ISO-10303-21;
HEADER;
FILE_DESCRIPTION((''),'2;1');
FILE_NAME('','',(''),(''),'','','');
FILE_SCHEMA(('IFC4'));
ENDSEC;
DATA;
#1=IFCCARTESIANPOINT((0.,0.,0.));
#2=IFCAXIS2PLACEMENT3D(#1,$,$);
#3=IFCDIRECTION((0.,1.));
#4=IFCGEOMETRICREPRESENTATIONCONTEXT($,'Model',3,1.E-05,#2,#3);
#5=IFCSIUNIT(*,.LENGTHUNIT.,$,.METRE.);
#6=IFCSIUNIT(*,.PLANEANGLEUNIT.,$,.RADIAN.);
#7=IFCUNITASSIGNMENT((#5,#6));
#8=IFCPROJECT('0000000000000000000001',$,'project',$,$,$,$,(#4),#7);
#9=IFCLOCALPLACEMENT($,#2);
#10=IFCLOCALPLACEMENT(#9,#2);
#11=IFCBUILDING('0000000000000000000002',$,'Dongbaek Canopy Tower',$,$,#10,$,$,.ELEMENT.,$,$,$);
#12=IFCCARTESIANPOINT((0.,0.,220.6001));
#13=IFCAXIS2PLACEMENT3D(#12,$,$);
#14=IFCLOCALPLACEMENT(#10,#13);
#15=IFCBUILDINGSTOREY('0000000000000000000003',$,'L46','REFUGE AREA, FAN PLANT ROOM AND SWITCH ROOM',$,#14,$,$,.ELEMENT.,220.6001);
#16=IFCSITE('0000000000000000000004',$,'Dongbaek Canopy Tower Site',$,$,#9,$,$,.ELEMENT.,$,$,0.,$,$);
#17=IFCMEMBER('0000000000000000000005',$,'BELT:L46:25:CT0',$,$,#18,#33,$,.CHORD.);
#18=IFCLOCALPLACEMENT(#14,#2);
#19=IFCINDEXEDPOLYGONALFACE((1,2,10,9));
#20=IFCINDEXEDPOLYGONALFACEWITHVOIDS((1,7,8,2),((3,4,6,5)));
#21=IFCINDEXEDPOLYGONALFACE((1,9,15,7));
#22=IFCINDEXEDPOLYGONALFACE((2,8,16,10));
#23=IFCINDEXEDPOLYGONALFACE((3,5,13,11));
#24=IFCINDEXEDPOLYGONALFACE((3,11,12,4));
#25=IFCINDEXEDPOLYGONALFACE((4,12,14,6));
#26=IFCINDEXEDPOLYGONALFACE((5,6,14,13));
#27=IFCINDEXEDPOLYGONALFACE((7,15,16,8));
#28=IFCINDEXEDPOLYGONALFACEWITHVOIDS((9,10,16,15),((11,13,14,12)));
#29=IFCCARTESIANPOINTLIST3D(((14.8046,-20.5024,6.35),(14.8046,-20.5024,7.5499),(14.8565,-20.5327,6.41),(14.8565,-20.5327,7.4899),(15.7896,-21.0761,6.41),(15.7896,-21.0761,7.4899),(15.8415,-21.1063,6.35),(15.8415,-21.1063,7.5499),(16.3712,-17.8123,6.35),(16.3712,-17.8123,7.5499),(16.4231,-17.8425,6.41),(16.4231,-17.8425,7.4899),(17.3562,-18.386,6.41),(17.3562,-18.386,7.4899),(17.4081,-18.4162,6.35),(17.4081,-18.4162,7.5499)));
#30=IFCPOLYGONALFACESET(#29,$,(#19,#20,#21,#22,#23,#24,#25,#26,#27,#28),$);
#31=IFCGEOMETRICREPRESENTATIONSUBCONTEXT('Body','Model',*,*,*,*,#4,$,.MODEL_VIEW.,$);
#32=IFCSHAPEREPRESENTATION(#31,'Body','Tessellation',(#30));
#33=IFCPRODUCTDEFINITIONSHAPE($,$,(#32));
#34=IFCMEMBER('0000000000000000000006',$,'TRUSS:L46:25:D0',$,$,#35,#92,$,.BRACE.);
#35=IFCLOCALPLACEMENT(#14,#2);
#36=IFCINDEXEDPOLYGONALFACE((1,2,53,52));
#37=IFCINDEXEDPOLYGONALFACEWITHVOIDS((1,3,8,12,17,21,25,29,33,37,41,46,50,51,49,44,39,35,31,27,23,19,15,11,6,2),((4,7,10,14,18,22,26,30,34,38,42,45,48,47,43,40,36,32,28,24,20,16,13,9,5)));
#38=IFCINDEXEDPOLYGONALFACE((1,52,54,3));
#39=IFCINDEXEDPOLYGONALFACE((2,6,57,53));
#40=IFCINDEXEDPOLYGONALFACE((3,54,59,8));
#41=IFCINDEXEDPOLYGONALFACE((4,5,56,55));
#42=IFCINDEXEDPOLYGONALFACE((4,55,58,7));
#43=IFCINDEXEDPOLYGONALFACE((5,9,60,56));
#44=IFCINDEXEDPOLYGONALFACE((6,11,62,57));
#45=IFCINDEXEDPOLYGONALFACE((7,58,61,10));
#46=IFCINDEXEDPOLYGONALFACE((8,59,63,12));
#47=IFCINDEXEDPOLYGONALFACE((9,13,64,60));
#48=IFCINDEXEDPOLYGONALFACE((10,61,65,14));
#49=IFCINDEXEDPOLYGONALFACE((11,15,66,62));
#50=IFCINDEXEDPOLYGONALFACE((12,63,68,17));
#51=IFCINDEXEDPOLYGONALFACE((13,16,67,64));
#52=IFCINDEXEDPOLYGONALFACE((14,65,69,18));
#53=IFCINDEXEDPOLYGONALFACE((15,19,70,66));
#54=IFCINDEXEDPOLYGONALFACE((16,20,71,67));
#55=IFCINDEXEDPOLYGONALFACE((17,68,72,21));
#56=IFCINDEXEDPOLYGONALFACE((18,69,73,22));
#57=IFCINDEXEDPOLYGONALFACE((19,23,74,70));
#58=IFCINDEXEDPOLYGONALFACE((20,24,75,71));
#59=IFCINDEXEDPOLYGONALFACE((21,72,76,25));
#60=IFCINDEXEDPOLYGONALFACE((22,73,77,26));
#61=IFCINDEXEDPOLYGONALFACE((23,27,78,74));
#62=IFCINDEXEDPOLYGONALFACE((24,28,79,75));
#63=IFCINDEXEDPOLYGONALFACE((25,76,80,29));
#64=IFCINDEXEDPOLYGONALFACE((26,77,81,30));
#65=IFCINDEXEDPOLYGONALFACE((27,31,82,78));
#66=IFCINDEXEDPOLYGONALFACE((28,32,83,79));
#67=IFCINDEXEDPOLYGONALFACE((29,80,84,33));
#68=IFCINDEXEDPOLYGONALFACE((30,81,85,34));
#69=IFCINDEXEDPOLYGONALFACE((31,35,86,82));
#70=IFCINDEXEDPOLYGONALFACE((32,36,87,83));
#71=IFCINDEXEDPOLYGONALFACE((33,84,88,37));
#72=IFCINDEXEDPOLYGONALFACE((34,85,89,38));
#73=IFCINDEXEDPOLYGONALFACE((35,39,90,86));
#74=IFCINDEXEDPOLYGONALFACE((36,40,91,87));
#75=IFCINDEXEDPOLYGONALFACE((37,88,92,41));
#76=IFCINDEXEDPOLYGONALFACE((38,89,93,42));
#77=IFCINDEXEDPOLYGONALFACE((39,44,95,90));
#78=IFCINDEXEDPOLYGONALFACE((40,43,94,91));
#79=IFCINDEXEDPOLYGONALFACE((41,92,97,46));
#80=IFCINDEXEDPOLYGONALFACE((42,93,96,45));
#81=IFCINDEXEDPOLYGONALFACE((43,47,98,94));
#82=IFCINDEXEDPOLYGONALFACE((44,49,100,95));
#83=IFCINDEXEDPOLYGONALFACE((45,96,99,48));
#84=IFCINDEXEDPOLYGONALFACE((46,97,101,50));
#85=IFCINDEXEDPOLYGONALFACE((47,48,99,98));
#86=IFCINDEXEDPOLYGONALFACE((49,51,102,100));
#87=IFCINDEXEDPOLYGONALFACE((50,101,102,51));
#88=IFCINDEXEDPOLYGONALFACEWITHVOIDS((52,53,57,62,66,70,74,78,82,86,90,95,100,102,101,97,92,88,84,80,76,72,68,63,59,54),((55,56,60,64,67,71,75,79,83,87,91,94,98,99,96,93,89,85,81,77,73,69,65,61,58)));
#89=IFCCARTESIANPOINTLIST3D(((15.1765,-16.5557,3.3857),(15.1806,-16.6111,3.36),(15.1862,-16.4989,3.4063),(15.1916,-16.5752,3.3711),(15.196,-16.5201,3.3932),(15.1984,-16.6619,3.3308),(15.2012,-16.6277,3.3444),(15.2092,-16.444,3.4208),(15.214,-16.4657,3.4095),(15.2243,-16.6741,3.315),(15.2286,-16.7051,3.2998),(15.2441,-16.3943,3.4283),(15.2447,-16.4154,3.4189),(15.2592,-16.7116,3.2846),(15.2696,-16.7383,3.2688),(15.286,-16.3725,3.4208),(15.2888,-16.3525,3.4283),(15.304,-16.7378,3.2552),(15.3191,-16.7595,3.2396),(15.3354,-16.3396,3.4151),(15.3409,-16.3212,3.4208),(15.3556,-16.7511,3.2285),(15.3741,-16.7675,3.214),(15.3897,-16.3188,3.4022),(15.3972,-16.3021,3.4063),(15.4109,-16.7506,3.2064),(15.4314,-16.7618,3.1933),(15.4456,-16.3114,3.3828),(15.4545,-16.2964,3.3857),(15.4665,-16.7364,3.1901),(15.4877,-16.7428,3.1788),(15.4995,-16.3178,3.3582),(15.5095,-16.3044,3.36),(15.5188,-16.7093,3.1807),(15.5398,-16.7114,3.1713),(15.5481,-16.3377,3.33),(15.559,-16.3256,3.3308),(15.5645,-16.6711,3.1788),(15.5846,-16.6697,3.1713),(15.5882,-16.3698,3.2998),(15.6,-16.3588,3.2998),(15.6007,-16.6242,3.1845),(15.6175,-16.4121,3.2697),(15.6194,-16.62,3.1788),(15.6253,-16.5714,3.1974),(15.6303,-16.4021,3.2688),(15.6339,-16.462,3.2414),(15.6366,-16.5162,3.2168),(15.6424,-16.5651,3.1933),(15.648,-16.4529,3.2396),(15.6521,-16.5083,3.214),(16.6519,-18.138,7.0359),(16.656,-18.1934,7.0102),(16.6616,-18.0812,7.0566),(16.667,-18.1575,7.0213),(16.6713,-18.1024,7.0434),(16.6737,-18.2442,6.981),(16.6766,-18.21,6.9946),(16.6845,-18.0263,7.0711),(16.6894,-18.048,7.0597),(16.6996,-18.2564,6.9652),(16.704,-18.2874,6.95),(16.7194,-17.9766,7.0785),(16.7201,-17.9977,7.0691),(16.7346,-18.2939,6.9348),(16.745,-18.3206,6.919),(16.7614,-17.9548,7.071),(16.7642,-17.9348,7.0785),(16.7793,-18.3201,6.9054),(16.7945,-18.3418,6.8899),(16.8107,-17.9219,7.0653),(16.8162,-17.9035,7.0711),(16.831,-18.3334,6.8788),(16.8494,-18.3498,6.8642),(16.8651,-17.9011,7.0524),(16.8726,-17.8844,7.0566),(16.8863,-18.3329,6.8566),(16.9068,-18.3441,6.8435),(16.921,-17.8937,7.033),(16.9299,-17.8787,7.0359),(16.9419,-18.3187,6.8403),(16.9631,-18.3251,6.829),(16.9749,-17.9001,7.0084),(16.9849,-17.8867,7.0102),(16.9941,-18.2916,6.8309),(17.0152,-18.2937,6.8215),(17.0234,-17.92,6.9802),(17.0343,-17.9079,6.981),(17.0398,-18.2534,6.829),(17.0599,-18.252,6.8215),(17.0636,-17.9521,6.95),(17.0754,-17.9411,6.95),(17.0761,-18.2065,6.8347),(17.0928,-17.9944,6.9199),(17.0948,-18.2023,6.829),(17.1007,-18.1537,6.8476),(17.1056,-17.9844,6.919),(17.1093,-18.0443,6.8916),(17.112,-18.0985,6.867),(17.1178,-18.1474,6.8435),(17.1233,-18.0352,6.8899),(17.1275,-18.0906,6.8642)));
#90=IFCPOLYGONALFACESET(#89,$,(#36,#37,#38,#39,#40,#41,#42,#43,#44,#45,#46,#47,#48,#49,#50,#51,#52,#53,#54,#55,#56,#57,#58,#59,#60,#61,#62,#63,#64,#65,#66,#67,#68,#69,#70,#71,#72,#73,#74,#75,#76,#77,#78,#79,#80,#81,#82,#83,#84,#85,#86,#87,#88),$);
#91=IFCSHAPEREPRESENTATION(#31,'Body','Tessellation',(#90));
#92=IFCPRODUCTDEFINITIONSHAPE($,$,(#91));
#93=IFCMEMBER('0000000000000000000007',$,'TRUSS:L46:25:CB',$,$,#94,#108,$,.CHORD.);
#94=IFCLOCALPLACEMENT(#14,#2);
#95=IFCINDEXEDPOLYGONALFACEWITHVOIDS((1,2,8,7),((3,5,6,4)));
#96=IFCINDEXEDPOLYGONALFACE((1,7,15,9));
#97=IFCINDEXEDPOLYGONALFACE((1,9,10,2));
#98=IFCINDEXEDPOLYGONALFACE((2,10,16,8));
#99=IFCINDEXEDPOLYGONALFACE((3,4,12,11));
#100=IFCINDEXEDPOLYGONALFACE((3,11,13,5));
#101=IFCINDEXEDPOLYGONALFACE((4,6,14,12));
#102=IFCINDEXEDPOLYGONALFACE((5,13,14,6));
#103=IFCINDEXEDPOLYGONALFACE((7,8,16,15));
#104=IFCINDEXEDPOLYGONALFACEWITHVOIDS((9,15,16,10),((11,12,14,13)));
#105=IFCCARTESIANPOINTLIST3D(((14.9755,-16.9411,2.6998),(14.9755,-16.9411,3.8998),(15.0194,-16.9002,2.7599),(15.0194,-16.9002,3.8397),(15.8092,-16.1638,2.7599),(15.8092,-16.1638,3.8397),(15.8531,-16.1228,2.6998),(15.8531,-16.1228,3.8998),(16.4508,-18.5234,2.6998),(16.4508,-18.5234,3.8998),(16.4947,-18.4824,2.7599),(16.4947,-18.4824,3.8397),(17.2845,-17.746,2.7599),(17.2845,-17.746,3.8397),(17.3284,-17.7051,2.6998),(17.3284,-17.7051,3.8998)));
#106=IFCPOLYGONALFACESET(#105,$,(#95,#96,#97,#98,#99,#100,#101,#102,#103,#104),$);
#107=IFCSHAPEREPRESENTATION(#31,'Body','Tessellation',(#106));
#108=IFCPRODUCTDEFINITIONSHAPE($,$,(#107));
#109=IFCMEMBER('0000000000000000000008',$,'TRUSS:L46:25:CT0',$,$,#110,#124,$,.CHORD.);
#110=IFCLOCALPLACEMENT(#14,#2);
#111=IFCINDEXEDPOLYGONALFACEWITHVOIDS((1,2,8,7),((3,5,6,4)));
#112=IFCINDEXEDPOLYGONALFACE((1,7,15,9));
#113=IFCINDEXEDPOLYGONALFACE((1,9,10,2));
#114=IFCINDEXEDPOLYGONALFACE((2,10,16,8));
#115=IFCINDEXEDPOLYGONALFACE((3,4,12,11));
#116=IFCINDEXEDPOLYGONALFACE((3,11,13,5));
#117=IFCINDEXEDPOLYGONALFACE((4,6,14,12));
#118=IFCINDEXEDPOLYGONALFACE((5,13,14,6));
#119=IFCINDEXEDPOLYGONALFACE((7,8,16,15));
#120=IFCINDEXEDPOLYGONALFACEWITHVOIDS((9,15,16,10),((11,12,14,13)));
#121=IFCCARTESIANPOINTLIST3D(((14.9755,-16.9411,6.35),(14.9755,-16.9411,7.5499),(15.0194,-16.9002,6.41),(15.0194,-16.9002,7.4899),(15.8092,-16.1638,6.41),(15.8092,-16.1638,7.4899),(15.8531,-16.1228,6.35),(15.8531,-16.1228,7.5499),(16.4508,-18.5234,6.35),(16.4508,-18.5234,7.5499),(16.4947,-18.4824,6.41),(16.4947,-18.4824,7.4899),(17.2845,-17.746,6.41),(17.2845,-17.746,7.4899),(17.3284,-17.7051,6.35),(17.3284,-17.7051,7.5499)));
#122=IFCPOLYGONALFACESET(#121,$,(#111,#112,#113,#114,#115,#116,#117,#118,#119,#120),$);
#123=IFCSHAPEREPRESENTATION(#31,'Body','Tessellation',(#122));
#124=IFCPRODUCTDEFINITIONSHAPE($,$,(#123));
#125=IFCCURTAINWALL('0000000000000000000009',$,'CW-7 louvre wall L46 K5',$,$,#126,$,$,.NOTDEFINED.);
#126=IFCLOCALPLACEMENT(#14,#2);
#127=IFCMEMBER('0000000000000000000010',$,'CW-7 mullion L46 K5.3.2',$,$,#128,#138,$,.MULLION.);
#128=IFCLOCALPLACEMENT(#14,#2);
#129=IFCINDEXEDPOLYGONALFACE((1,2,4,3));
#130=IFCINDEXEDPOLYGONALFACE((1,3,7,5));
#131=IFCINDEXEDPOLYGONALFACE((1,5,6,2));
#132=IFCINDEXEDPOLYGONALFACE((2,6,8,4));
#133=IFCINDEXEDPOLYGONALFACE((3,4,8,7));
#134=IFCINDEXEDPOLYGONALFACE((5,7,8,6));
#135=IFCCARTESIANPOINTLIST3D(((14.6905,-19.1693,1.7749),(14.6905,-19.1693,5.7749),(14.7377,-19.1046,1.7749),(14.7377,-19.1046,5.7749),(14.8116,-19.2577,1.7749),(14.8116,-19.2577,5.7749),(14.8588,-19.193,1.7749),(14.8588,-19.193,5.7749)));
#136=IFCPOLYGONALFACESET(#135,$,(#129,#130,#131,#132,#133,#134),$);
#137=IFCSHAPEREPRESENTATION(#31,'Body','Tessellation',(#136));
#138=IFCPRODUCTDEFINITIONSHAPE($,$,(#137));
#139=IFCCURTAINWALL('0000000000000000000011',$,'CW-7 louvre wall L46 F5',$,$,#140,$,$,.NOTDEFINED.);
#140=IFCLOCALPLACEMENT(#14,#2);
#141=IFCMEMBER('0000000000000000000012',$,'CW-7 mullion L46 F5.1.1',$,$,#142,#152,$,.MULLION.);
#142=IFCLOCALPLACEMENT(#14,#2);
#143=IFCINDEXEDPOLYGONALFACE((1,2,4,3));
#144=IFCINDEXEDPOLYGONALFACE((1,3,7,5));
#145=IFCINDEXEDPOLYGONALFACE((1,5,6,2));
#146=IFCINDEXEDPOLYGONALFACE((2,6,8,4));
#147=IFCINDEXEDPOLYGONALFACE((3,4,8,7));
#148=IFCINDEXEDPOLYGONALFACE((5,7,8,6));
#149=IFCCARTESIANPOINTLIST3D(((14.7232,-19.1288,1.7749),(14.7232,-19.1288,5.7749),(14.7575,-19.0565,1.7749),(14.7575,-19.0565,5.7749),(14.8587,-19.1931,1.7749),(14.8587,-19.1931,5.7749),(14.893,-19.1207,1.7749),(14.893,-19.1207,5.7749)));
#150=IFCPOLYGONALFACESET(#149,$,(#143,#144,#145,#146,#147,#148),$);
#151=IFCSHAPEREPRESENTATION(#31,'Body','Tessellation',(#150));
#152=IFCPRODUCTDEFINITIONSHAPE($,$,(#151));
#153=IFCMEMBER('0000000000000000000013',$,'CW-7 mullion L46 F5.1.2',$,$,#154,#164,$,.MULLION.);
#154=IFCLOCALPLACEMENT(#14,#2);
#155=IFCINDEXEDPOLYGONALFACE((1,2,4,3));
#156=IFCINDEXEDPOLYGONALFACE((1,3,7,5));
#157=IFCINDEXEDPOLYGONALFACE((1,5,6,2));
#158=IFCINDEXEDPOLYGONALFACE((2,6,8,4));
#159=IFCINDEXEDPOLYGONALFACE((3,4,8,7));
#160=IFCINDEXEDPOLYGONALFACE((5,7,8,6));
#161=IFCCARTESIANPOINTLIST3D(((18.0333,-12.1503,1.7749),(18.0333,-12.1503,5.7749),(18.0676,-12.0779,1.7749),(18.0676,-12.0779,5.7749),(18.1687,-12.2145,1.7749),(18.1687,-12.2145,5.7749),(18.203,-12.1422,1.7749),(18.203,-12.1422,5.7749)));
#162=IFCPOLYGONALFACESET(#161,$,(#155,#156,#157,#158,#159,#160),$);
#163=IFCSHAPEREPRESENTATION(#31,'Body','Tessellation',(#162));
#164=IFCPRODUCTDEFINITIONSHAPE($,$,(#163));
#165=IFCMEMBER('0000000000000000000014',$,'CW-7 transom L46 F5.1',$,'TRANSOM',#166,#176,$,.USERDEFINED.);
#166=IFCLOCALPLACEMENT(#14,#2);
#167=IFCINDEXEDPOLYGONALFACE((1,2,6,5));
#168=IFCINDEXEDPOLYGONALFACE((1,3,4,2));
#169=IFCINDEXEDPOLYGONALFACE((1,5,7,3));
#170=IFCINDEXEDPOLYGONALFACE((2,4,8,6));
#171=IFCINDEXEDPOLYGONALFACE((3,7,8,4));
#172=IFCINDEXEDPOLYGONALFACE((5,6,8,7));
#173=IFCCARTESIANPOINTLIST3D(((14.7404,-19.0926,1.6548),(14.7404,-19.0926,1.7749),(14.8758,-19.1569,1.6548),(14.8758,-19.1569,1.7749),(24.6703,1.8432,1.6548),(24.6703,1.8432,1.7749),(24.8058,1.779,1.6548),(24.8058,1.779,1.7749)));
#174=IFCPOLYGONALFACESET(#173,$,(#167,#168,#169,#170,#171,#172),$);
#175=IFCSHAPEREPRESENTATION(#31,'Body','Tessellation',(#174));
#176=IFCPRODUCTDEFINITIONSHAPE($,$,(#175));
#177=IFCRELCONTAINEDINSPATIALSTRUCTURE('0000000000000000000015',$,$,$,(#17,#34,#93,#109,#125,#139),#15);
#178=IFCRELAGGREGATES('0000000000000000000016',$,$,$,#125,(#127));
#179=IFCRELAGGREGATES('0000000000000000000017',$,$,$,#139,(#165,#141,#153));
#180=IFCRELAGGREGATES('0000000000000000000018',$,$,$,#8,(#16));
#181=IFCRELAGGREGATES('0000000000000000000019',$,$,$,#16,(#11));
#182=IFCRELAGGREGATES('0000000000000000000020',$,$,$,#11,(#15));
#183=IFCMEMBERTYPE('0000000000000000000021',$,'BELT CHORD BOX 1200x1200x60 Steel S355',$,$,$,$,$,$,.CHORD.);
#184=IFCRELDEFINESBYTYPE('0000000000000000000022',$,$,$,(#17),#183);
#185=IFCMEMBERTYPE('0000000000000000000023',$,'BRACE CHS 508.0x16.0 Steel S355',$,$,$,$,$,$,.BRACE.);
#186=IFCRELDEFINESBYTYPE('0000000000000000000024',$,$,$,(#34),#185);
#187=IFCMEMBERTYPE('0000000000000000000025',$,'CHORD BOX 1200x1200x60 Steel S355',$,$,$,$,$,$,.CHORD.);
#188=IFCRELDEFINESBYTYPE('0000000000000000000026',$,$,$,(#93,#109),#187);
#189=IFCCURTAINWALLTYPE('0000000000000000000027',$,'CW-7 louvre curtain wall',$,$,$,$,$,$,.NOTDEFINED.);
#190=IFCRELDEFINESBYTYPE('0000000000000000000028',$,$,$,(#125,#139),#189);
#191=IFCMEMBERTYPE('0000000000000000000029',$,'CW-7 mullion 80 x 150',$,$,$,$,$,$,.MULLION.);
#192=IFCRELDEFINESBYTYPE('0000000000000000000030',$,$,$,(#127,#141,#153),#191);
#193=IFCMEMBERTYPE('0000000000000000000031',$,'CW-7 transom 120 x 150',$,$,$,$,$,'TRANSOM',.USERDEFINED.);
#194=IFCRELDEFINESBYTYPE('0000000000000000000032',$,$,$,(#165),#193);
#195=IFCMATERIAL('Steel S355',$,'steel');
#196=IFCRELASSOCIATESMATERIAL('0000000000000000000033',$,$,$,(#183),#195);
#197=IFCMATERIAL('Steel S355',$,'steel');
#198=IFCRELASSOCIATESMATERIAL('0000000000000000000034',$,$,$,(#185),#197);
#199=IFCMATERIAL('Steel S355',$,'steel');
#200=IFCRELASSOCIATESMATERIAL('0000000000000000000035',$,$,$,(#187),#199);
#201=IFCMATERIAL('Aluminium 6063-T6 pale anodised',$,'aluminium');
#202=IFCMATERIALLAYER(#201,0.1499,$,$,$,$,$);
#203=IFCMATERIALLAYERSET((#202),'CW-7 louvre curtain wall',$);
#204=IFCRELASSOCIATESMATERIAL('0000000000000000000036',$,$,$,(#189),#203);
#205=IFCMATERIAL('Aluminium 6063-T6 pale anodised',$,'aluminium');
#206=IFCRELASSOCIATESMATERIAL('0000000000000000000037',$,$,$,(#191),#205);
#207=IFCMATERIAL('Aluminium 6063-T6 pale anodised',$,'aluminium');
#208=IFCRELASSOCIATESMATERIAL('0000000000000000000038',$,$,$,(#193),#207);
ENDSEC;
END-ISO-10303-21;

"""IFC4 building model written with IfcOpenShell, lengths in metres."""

from ifc_helpers import new_model, si_unit, direction, frame, origin, origin_2d, place, context, subcontext, project, spatial, rectangle, hollow_rectangle, hollow_circle, extrude, material, layer, layer_set, material_profile, profile_set, type_object, element, aggregate, save


model = new_model("IFC4")

# Units and contexts
model_context = context("Model", 3, precision=1e-05, world=origin(), true_north=direction((0.0, 1.0)))
body_context = subcontext(model_context, "Body", "Model", "MODEL_VIEW")
ifc_project = project(units=[si_unit("LENGTHUNIT", "METRE"), si_unit("PLANEANGLEUNIT", "RADIAN")], contexts=[model_context])

# Site, building, storey
site_placement = place(None, origin())
site = spatial("IfcSite", under=ifc_project, at=site_placement, Name="Dongbaek Canopy Tower Site", CompositionType="ELEMENT", RefElevation=0.0)
building_placement = place(site_placement, origin())
building = spatial("IfcBuilding", under=site, at=building_placement, Name="Dongbaek Canopy Tower", CompositionType="ELEMENT")
storey_placement = place(building_placement, frame((0.0, 0.0, 220.6001)))
storey = spatial("IfcBuildingStorey", under=building, at=storey_placement, Name="L46", Description="REFUGE AREA, FAN PLANT ROOM AND SWITCH ROOM", CompositionType="ELEMENT", Elevation=220.6001)

# Members
ifc_material_1 = material(Name="Steel S355", Category="steel")
ifc_material_profile_1 = material_profile(ifc_material_1, hollow_rectangle(XDim=1.2, YDim=1.2, WallThickness=0.0601, at=origin_2d()), Name="BELT CHORD BOX 1200x1200x60 Steel S355")
ifc_profile_set_1 = profile_set([ifc_material_profile_1], Name="Steel S355")
member_type_1 = type_object("IfcMemberType", Name="BELT CHORD BOX 1200x1200x60 Steel S355", PredefinedType="CHORD", material=ifc_profile_set_1)
for number, where, z_axis, x_axis, name in (
    (1, (16.8896, -18.1143, 6.95), (-0.503242, -0.864146, 0.0), (0.864146, -0.503242, 0.0), "BELT:L46:25:CT0"),
):
    element("IfcMember", number, at=place(storey_placement, frame(where, z_axis=z_axis, x_axis=x_axis)), inside=storey, type_object=member_type_1, Name=name, PredefinedType="CHORD", context=body_context, shape_type="SweptSolid", body=[
        extrude(hollow_rectangle(XDim=1.2, YDim=1.2, WallThickness=0.0601, at=origin_2d()), origin(), (0.0, 0.0, 1.0), 3.113),
    ])
ifc_material_2 = material(Name="Steel S355", Category="steel")
ifc_material_profile_2 = material_profile(ifc_material_2, hollow_circle(Radius=0.2539, WallThickness=0.0161, at=origin_2d()), Name="BRACE CHS 508.0x16.0 Steel S355")
ifc_profile_set_2 = profile_set([ifc_material_profile_2], Name="Steel S355")
member_type_2 = type_object("IfcMemberType", Name="BRACE CHS 508.0x16.0 Steel S355", PredefinedType="BRACE", material=ifc_profile_set_2)
member_1_placement = place(storey_placement, frame((15.4143, -16.532, 3.2998), z_axis=(0.347705, -0.372907, 0.860257), x_axis=(0.731389, 0.68196, 0.0)))
element("IfcMember", 2, at=member_1_placement, inside=storey, type_object=member_type_2, Name="TRUSS:L46:25:D0", PredefinedType="BRACE", context=body_context, shape_type="SweptSolid", body=[
    extrude(hollow_circle(Radius=0.2539, WallThickness=0.0161, at=origin_2d()), origin(), (0.0, 0.0, 1.0), 4.2432),
])
ifc_material_3 = material(Name="Steel S355", Category="steel")
ifc_material_profile_3 = material_profile(ifc_material_3, hollow_rectangle(XDim=1.2, YDim=1.2, WallThickness=0.0601, at=origin_2d()), Name="CHORD BOX 1200x1200x60 Steel S355")
ifc_profile_set_3 = profile_set([ifc_material_profile_3], Name="Steel S355")
member_type_3 = type_object("IfcMemberType", Name="CHORD BOX 1200x1200x60 Steel S355", PredefinedType="CHORD", material=ifc_profile_set_3)
for number, where, z_axis, x_axis, name in (
    (3, (15.4143, -16.532, 3.2998), (0.68196, -0.731389, 0.0), (0.731389, 0.68196, 0.0), "TRUSS:L46:25:CB"),
    (4, (15.4143, -16.532, 6.95), (0.68196, -0.731389, 0.0), (0.731389, 0.68196, 0.0), "TRUSS:L46:25:CT0"),
):
    element("IfcMember", number, at=place(storey_placement, frame(where, z_axis=z_axis, x_axis=x_axis)), inside=storey, type_object=member_type_3, Name=name, PredefinedType="CHORD", context=body_context, shape_type="SweptSolid", body=[
        extrude(hollow_rectangle(XDim=1.2, YDim=1.2, WallThickness=0.0601, at=origin_2d()), origin(), (0.0, 0.0, 1.0), 2.1633),
    ])

# Curtain wall, member
ifc_material_4 = material(Name="Aluminium 6063-T6 pale anodised", Category="aluminium")
ifc_layer_1 = layer(ifc_material_4, 0.1499)
ifc_layer_set_1 = layer_set([ifc_layer_1], Name="CW-7 louvre curtain wall")
curtain_wall_type = type_object("IfcCurtainWallType", Name="CW-7 louvre curtain wall", PredefinedType="NOTDEFINED", material=ifc_layer_set_1)
curtain_wall_1_placement = place(storey_placement, origin())
curtain_wall_1 = element("IfcCurtainWall", 5, at=curtain_wall_1_placement, inside=storey, type_object=curtain_wall_type, Name="CW-7 louvre wall L46 K5", PredefinedType="NOTDEFINED")
ifc_material_5 = material(Name="Aluminium 6063-T6 pale anodised", Category="aluminium")
ifc_material_profile_4 = material_profile(ifc_material_5, rectangle(XDim=0.1499, YDim=0.0801, at=origin_2d()), Name="CW-7 mullion 80 x 150")
ifc_profile_set_4 = profile_set([ifc_material_profile_4], Name="Aluminium 6063-T6 pale anodised")
member_type_4 = type_object("IfcMemberType", Name="CW-7 mullion 80 x 150", PredefinedType="MULLION", material=ifc_profile_set_4)
member_2_placement = place(storey_placement, frame((14.7747, -19.1812, 1.7749), z_axis=(0.0, 0.0, 1.0), x_axis=(0.807821, -0.589428, 0.0)))
member_2 = element("IfcMember", 6, at=member_2_placement, type_object=member_type_4, Name="CW-7 mullion L46 K5.3.2", PredefinedType="MULLION", context=body_context, shape_type="SweptSolid", body=[
    extrude(rectangle(XDim=0.1499, YDim=0.0801, at=origin_2d()), origin(), (0.0, 0.0, 1.0), 4.0),
])
aggregate(curtain_wall_1, [member_2])

# Curtain wall, members
curtain_wall_2_placement = place(storey_placement, origin())
curtain_wall_2 = element("IfcCurtainWall", 7, at=curtain_wall_2_placement, inside=storey, type_object=curtain_wall_type, Name="CW-7 louvre wall L46 F5", PredefinedType="NOTDEFINED")
member_3_placement = place(storey_placement, frame((14.8081, -19.1248, 1.7749), z_axis=(0.0, 0.0, 1.0), x_axis=(0.90352, -0.428545, 0.0)))
member_3 = element("IfcMember", 8, at=member_3_placement, type_object=member_type_4, Name="CW-7 mullion L46 F5.1.1", PredefinedType="MULLION", context=body_context, shape_type="SweptSolid", body=[
    extrude(rectangle(XDim=0.1499, YDim=0.0801, at=origin_2d()), origin(), (0.0, 0.0, 1.0), 4.0),
])
member_4_placement = place(storey_placement, frame((18.1182, -12.1462, 1.7749), z_axis=(0.0, 0.0, 1.0), x_axis=(0.90352, -0.428545, 0.0)))
member_4 = element("IfcMember", 9, at=member_4_placement, type_object=member_type_4, Name="CW-7 mullion L46 F5.1.2", PredefinedType="MULLION", context=body_context, shape_type="SweptSolid", body=[
    extrude(rectangle(XDim=0.1499, YDim=0.0801, at=origin_2d()), origin(), (0.0, 0.0, 1.0), 4.0),
])
ifc_material_6 = material(Name="Aluminium 6063-T6 pale anodised", Category="aluminium")
ifc_material_profile_5 = material_profile(ifc_material_6, rectangle(XDim=0.1499, YDim=0.1201, at=origin_2d()), Name="CW-7 transom 120 x 150")
ifc_profile_set_5 = profile_set([ifc_material_profile_5], Name="Aluminium 6063-T6 pale anodised")
member_type_5 = type_object("IfcMemberType", Name="CW-7 transom 120 x 150", ElementType="TRANSOM", PredefinedType="USERDEFINED", material=ifc_profile_set_5)
member_5_placement = place(storey_placement, frame((14.8081, -19.1248, 1.7148), z_axis=(0.428544, 0.903521, 0.0), x_axis=(-0.903521, 0.428544, 0.0)))
member_5 = element("IfcMember", 10, at=member_5_placement, type_object=member_type_5, Name="CW-7 transom L46 F5.1", ObjectType="TRANSOM", PredefinedType="USERDEFINED", context=body_context, shape_type="SweptSolid", body=[
    extrude(rectangle(XDim=0.1499, YDim=0.1201, at=origin_2d()), origin(), (0.0, 0.0, 1.0), 23.1714),
])

aggregate(curtain_wall_2, [member_5, member_3, member_4])

save(model, "model.ifc")
